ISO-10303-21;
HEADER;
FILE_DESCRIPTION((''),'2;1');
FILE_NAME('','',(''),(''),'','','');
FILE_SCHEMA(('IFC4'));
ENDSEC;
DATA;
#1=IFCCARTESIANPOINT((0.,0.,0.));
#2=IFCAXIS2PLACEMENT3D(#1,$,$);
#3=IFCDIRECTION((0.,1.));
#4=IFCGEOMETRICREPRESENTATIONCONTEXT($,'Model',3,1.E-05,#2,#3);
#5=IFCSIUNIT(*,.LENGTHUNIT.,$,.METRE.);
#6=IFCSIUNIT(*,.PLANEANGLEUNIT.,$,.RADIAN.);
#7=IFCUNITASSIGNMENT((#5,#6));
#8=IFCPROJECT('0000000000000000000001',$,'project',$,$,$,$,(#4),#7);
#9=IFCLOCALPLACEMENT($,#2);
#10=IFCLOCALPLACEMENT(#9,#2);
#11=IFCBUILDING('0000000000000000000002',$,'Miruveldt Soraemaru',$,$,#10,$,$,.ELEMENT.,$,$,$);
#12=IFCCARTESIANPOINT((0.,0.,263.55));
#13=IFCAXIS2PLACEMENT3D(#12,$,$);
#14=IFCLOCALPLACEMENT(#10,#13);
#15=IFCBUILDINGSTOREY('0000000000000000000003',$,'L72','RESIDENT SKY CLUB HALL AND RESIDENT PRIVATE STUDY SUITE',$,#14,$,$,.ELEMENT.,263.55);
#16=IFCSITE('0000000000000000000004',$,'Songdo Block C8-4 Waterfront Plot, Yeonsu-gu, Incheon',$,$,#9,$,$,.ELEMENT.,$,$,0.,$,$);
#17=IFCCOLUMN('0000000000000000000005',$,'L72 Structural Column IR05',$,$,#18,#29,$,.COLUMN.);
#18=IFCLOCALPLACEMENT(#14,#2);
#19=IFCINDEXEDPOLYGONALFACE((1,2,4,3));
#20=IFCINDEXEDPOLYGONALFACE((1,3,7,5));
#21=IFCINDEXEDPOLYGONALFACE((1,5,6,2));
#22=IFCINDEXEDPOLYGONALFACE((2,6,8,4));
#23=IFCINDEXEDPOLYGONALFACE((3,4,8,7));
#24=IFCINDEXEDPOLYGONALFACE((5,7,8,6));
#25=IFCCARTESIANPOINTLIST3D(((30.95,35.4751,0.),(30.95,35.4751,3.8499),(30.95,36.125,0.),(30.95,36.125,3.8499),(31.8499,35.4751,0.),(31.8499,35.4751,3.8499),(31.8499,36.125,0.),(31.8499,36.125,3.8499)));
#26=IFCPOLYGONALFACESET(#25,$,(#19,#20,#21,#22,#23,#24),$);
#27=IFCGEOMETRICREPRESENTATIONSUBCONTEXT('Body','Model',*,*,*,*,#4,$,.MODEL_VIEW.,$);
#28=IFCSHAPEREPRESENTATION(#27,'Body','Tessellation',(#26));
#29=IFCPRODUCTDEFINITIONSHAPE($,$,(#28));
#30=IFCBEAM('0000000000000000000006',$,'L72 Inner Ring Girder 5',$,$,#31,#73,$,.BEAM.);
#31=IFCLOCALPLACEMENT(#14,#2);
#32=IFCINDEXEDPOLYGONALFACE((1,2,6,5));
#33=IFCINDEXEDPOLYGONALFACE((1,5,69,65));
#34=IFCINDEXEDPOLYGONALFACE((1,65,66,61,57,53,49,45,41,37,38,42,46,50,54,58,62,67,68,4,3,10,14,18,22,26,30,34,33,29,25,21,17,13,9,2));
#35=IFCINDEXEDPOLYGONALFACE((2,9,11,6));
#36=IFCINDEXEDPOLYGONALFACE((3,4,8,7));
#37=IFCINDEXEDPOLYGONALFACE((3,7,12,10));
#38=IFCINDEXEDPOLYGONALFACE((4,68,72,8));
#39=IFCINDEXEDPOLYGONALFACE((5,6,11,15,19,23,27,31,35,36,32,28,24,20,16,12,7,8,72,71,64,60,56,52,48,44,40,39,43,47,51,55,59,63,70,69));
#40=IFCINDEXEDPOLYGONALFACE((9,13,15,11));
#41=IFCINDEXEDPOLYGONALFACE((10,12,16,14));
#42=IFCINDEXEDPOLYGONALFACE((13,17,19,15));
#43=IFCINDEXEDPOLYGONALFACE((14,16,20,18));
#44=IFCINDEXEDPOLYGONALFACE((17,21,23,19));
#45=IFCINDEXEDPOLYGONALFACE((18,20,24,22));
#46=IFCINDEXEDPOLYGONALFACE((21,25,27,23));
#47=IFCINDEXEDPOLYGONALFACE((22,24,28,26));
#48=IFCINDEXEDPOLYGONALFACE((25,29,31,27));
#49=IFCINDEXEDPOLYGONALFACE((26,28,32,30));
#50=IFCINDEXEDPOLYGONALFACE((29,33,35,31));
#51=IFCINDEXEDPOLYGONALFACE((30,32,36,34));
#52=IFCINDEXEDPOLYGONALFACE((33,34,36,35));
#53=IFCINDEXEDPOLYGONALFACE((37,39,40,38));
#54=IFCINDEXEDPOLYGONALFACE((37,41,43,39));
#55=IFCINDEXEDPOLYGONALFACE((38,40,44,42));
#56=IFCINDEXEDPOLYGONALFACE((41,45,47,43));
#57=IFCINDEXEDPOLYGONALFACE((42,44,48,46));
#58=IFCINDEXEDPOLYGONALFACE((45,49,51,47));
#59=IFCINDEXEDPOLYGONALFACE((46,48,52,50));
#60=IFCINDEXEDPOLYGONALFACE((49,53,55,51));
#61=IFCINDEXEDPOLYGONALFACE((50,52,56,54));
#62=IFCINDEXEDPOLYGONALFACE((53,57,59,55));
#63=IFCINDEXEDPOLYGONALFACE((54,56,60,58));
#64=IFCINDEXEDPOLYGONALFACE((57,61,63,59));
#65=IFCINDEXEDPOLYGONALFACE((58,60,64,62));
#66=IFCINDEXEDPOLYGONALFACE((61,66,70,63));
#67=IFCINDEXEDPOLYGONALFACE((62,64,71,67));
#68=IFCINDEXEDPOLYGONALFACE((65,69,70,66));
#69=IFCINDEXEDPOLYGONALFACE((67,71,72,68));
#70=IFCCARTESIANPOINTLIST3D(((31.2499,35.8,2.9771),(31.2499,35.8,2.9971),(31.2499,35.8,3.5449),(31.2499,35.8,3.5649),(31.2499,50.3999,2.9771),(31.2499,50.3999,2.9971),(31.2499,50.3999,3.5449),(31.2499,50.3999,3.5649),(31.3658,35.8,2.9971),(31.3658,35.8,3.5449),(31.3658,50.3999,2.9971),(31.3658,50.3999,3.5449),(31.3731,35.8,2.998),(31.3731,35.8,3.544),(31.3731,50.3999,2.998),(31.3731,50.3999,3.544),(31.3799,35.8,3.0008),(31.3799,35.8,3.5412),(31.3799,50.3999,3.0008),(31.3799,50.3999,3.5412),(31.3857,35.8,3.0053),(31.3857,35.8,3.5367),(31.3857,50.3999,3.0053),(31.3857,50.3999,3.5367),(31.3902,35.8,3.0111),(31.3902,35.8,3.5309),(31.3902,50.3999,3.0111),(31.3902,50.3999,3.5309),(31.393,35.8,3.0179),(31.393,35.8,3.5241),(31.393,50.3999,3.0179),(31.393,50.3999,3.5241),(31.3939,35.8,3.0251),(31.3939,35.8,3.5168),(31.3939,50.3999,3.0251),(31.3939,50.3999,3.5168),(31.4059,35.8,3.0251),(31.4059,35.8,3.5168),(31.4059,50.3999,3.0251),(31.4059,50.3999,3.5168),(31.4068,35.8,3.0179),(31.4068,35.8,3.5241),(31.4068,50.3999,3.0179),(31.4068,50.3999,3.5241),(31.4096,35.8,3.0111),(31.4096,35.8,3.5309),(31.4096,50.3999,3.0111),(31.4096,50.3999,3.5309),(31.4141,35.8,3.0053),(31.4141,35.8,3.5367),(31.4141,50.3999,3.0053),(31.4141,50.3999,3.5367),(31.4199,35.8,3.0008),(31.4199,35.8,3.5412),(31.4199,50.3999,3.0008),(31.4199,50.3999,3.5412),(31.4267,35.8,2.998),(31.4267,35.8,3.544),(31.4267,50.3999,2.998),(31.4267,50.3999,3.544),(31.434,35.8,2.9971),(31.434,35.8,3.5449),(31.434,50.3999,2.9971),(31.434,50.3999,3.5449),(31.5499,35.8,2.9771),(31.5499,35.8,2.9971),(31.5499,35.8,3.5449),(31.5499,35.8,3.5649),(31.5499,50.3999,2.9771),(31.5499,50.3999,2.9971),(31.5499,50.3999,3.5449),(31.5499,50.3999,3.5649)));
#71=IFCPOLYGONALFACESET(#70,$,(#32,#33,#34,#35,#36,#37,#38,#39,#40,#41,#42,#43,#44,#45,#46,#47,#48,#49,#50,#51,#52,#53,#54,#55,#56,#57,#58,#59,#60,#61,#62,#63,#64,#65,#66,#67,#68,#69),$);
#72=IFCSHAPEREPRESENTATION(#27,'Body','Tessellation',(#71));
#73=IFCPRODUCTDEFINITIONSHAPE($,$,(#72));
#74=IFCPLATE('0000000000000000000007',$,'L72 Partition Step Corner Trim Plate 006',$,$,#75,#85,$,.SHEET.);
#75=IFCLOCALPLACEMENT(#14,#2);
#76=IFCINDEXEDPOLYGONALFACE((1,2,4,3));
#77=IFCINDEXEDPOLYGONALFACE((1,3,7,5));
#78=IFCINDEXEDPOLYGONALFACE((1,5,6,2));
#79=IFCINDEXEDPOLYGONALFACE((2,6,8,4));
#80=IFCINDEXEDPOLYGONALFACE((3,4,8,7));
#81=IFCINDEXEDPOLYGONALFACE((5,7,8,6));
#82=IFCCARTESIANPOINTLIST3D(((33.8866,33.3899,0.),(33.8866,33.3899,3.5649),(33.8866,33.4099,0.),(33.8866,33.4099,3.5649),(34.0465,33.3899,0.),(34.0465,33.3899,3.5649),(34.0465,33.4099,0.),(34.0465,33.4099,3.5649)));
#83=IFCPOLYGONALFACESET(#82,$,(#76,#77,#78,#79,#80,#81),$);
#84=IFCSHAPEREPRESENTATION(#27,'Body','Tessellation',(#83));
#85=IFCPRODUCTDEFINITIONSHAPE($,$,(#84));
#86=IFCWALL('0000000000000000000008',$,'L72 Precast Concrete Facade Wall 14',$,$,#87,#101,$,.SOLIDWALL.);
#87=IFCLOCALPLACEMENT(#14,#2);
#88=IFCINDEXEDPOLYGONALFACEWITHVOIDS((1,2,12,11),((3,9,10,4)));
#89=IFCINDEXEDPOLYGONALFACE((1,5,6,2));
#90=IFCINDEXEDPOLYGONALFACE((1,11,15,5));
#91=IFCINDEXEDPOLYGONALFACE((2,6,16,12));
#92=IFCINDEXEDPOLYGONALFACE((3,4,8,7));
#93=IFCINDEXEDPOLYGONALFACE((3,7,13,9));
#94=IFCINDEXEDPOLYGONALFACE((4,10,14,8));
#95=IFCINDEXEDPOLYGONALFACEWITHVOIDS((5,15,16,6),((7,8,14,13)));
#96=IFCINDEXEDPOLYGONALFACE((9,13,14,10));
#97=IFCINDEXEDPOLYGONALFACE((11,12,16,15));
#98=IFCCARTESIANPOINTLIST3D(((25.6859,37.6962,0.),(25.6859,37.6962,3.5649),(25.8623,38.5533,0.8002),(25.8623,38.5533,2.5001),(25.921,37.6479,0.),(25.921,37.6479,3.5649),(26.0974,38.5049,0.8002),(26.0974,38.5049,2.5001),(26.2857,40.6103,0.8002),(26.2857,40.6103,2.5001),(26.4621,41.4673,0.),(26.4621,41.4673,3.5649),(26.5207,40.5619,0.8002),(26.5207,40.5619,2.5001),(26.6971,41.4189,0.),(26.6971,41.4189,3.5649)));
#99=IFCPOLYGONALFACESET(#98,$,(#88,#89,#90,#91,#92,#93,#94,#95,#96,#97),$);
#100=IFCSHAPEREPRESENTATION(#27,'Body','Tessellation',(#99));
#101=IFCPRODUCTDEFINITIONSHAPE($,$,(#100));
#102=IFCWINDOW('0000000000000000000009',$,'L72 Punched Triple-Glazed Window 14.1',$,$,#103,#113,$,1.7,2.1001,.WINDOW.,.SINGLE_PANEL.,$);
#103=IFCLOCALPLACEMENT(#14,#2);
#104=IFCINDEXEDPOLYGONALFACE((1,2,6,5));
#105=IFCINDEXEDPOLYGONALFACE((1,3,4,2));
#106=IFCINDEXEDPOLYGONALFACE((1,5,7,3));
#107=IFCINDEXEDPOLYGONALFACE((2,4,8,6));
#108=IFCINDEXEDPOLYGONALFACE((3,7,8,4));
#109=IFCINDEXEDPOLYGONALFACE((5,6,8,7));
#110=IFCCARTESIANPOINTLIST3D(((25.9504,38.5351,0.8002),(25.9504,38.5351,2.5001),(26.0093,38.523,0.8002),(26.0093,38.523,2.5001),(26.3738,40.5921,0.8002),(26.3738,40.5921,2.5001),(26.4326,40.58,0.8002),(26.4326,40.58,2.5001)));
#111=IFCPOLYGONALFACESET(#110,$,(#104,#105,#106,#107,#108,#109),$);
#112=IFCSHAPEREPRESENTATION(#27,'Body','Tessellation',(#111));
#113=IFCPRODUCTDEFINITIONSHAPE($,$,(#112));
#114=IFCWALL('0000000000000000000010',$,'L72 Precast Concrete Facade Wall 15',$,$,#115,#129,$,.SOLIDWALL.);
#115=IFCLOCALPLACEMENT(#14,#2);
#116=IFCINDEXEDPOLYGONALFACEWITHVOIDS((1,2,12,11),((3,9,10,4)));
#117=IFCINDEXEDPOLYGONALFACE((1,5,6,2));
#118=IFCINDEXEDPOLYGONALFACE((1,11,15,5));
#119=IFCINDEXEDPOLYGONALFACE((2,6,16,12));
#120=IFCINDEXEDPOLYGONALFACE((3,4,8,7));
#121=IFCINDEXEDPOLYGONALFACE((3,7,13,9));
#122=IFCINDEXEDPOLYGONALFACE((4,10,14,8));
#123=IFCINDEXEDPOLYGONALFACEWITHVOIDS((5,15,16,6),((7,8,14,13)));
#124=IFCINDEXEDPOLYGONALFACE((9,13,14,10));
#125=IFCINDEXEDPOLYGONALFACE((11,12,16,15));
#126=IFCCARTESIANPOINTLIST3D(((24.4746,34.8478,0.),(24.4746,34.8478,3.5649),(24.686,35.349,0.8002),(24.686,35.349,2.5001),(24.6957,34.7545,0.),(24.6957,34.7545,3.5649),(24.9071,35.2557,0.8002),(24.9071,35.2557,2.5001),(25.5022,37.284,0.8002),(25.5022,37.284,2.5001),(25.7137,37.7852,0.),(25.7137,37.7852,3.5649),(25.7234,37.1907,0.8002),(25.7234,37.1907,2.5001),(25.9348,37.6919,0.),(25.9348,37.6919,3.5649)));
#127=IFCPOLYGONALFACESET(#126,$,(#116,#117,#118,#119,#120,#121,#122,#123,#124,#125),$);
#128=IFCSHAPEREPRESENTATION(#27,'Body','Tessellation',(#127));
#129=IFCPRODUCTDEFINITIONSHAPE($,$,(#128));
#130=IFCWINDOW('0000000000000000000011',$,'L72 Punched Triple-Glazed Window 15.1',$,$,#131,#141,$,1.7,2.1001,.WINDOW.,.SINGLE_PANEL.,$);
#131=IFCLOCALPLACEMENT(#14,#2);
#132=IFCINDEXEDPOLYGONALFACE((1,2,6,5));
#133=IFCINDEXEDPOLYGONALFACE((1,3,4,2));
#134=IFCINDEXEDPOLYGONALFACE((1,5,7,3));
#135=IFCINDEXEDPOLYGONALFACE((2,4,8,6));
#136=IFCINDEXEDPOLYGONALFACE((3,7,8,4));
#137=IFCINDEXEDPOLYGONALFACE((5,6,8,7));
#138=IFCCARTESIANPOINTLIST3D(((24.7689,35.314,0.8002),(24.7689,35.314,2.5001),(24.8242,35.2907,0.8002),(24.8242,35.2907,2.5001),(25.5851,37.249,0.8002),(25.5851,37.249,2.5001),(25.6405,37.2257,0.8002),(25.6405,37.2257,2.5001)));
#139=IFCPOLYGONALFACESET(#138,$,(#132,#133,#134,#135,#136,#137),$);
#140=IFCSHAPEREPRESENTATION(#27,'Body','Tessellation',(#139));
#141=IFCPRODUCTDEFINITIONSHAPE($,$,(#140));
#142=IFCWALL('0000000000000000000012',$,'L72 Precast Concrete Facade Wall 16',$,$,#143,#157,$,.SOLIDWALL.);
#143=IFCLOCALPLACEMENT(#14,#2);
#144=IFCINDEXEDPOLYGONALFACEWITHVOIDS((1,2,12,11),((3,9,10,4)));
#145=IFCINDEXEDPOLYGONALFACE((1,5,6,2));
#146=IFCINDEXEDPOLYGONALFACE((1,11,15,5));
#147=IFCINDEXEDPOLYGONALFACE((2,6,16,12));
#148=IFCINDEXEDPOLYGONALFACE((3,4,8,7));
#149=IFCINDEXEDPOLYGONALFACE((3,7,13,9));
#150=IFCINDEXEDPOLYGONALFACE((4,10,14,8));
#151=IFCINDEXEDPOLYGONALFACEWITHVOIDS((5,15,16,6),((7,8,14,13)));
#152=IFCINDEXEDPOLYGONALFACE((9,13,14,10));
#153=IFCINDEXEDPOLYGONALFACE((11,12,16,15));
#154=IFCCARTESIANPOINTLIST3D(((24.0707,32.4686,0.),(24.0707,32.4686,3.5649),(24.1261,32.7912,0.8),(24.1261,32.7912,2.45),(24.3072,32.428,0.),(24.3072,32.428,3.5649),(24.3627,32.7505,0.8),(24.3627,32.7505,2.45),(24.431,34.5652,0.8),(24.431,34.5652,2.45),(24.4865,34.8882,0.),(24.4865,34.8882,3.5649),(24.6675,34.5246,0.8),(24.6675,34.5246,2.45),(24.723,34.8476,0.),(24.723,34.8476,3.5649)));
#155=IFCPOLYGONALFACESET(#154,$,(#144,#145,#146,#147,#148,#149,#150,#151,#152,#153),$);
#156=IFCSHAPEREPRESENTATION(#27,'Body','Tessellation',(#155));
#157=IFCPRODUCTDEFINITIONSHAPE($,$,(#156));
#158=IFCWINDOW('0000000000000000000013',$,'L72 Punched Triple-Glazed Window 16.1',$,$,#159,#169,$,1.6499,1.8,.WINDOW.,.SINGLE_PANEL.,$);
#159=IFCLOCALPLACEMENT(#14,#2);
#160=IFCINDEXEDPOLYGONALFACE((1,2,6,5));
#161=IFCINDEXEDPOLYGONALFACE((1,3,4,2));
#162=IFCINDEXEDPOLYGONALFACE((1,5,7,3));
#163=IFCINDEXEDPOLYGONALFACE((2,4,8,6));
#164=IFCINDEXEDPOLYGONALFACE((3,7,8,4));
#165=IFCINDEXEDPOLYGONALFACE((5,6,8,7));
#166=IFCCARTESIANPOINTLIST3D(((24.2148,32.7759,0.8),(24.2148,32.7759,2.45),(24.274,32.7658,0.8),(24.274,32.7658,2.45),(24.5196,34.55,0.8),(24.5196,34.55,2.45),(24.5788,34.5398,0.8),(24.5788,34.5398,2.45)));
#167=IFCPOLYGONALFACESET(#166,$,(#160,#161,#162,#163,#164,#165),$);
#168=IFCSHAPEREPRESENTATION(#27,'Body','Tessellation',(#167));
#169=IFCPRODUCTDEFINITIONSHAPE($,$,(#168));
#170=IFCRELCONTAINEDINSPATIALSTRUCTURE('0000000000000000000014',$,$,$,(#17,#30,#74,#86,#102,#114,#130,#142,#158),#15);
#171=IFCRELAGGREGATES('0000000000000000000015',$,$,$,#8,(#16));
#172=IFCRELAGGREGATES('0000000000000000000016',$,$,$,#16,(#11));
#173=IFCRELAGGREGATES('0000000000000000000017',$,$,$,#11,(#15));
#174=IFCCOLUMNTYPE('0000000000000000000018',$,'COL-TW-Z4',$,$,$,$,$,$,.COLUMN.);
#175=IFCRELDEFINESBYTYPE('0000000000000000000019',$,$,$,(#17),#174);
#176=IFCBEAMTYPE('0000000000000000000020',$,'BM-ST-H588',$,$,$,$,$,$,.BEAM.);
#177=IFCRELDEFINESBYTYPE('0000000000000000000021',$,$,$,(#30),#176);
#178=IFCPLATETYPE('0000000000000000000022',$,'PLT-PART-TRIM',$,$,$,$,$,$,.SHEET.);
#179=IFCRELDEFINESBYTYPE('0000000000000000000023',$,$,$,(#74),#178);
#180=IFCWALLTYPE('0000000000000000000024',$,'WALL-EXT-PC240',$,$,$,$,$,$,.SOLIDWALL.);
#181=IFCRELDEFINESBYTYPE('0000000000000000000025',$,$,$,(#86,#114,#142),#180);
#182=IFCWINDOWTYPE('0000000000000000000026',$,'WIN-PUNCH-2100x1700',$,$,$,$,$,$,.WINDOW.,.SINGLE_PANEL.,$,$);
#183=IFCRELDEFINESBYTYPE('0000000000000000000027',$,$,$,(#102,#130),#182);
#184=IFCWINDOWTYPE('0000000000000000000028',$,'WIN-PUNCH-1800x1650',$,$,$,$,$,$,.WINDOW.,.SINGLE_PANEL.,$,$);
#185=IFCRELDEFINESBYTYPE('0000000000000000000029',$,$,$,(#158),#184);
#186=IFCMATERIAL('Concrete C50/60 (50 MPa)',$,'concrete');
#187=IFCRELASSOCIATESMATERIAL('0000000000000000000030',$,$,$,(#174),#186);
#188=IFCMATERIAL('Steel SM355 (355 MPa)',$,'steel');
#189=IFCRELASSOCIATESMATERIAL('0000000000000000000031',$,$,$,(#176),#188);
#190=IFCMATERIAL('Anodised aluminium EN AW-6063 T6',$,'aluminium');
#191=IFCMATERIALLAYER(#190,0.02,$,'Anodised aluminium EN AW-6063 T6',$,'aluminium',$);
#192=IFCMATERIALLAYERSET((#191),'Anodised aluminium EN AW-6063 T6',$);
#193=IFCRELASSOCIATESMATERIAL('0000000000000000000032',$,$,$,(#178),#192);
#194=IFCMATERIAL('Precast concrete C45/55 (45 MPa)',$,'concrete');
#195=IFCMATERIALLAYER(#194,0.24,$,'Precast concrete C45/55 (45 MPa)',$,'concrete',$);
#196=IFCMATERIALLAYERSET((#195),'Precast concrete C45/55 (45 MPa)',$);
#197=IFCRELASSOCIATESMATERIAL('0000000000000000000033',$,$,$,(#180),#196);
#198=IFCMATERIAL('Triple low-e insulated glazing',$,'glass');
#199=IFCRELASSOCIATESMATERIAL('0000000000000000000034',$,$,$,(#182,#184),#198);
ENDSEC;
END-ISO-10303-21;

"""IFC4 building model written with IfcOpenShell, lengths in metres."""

from ifc_helpers import new_model, si_unit, direction, frame, frame_2d, origin, origin_2d, place, context, subcontext, project, spatial, rectangle, i_section, extrude, material, layer, layer_set, material_profile, profile_set, type_object, element, fill, save


model = new_model("IFC4")

# Units and contexts
model_context = context("Model", 3, precision=1e-05, world=origin(), true_north=direction((0.0, 1.0)))
body_context = subcontext(model_context, "Body", "Model", "MODEL_VIEW")
ifc_project = project(units=[si_unit("LENGTHUNIT", "METRE"), si_unit("PLANEANGLEUNIT", "RADIAN")], contexts=[model_context])

# Site, building, storey
site_placement = place(None, origin())
site = spatial("IfcSite", under=ifc_project, at=site_placement, Name="Songdo Block C8-4 Waterfront Plot, Yeonsu-gu, Incheon", CompositionType="ELEMENT", RefElevation=0.0)
building_placement = place(site_placement, origin())
building = spatial("IfcBuilding", under=site, at=building_placement, Name="Miruveldt Soraemaru", CompositionType="ELEMENT")
storey_placement = place(building_placement, frame((0.0, 0.0, 263.55)))
storey = spatial("IfcBuildingStorey", under=building, at=storey_placement, Name="L72", Description="RESIDENT SKY CLUB HALL AND RESIDENT PRIVATE STUDY SUITE", CompositionType="ELEMENT", Elevation=263.55)

# Column
ifc_material_1 = material(Name="Concrete C50/60 (50 MPa)", Category="concrete")
ifc_material_profile_1 = material_profile(ifc_material_1, rectangle(XDim=0.8999, YDim=0.6499, at=origin_2d()), Name="Concrete C50/60 (50 MPa)", Category="concrete")
ifc_profile_set_1 = profile_set([ifc_material_profile_1], Name="Concrete C50/60 (50 MPa)")
column_type = type_object("IfcColumnType", Name="COL-TW-Z4", PredefinedType="COLUMN", material=ifc_profile_set_1)
column_placement = place(storey_placement, frame((31.3999, 35.8, 0.0), z_axis=(0.0, 0.0, 1.0), x_axis=(1.0, 0.0, 0.0)))
element("IfcColumn", 1, at=column_placement, inside=storey, type_object=column_type, Name="L72 Structural Column IR05", PredefinedType="COLUMN", context=body_context, shape_type="SweptSolid", body=[
    extrude(rectangle(XDim=0.8999, YDim=0.6499, at=origin_2d()), origin(), (0.0, 0.0, 1.0), 3.8499),
])

# Beam
ifc_material_2 = material(Name="Steel SM355 (355 MPa)", Category="steel")
ifc_material_profile_2 = material_profile(ifc_material_2, i_section(OverallWidth=0.3, OverallDepth=0.5879, WebThickness=0.012, FlangeThickness=0.02, FilletRadius=0.0281, at=origin_2d()), Name="Steel SM355 (355 MPa)", Category="steel")
ifc_profile_set_2 = profile_set([ifc_material_profile_2], Name="Steel SM355 (355 MPa)")
beam_type = type_object("IfcBeamType", Name="BM-ST-H588", PredefinedType="BEAM", material=ifc_profile_set_2)
beam_placement = place(storey_placement, frame((31.3999, 35.8, 3.271), z_axis=(0.0, 1.0, 0.0), x_axis=(-1.0, 0.0, 0.0)))
element("IfcBeam", 2, at=beam_placement, inside=storey, type_object=beam_type, Name="L72 Inner Ring Girder 5", PredefinedType="BEAM", context=body_context, shape_type="SweptSolid", body=[
    extrude(i_section(OverallWidth=0.3, OverallDepth=0.5879, WebThickness=0.012, FlangeThickness=0.02, FilletRadius=0.0281, at=origin_2d()), origin(), (0.0, 0.0, 1.0), 14.5999),
])

# Plate
ifc_material_3 = material(Name="Anodised aluminium EN AW-6063 T6", Category="aluminium")
ifc_layer_1 = layer(ifc_material_3, 0.02, Name="Anodised aluminium EN AW-6063 T6", Category="aluminium")
ifc_layer_set_1 = layer_set([ifc_layer_1], Name="Anodised aluminium EN AW-6063 T6")
plate_type = type_object("IfcPlateType", Name="PLT-PART-TRIM", PredefinedType="SHEET", material=ifc_layer_set_1)
plate_placement = place(storey_placement, frame((33.9666, 33.3999, 0.0), z_axis=(0.0, 0.0, 1.0), x_axis=(1.0, 0.0, 0.0)))
element("IfcPlate", 3, at=plate_placement, inside=storey, type_object=plate_type, Name="L72 Partition Step Corner Trim Plate 006", PredefinedType="SHEET", context=body_context, shape_type="SweptSolid", body=[
    extrude(rectangle(XDim=0.1599, YDim=0.02, at=origin_2d()), origin(), (0.0, 0.0, 1.0), 3.5649),
])

# Walls, openings, windows
ifc_material_4 = material(Name="Precast concrete C45/55 (45 MPa)", Category="concrete")
ifc_layer_2 = layer(ifc_material_4, 0.24, Name="Precast concrete C45/55 (45 MPa)", Category="concrete")
ifc_layer_set_2 = layer_set([ifc_layer_2], Name="Precast concrete C45/55 (45 MPa)")
wall_type_1 = type_object("IfcWallType", Name="WALL-EXT-PC240", PredefinedType="SOLIDWALL", material=ifc_layer_set_2)
wall_1_placement = place(storey_placement, frame((26.5796, 41.4431, 0.0), z_axis=(0.0, 0.0, 1.0), x_axis=(-0.201589, -0.97947, 0.0)))
wall_1 = element("IfcWall", 4, at=wall_1_placement, inside=storey, type_object=wall_type_1, Name="L72 Precast Concrete Facade Wall 14", PredefinedType="SOLIDWALL", context=body_context, shape_type="SweptSolid", body=[
    extrude(rectangle(XDim=3.8501, YDim=0.24, at=frame_2d((1.925, 0.0))), origin(), (0.0, 0.0, 1.0), 3.5649),
])
opening_1_placement = place(wall_1_placement, frame((0.875, 0.0, 0.8)))
opening_1 = element("IfcOpeningElement", 5, at=opening_1_placement, cuts=wall_1, PredefinedType="OPENING", context=body_context, shape_type="SweptSolid", body=[
    extrude(rectangle(XDim=2.1001, YDim=1.7, at=frame_2d((1.05, 0.8501))), frame((0.0, 0.1299, 0.0), z_axis=(0.0, -1.0, 0.0), x_axis=(1.0, 0.0, 0.0)), (0.0, 0.0, 1.0), 0.26),
])
ifc_material_5 = material(Name="Triple low-e insulated glazing", Category="glass")
window_type_1 = type_object("IfcWindowType", Name="WIN-PUNCH-2100x1700", PartitioningType="SINGLE_PANEL", PredefinedType="WINDOW", material=ifc_material_5)
window_1_placement = place(opening_1_placement, origin())
window_1 = element("IfcWindow", 6, at=window_1_placement, inside=storey, type_object=window_type_1, Name="L72 Punched Triple-Glazed Window 14.1", OverallHeight=1.7, OverallWidth=2.1001, PartitioningType="SINGLE_PANEL", PredefinedType="WINDOW", context=body_context, shape_type="SweptSolid", body=[
    extrude(rectangle(XDim=2.1001, YDim=1.7, at=frame_2d((1.05, 0.8501))), frame((0.0, 0.03, 0.0), z_axis=(0.0, -1.0, 0.0), x_axis=(1.0, 0.0, 0.0)), (0.0, 0.0, 1.0), 0.0601),
])
fill(opening_1, window_1)
wall_2_placement = place(storey_placement, frame((25.8242, 37.7385, 0.0), z_axis=(0.0, 0.0, 1.0), x_axis=(-0.388663, -0.92138, 0.0)))
wall_2 = element("IfcWall", 7, at=wall_2_placement, inside=storey, type_object=wall_type_1, Name="L72 Precast Concrete Facade Wall 15", PredefinedType="SOLIDWALL", context=body_context, shape_type="SweptSolid", body=[
    extrude(rectangle(XDim=3.188, YDim=0.24, at=frame_2d((1.594, 0.0))), origin(), (0.0, 0.0, 1.0), 3.5649),
])
opening_2_placement = place(wall_2_placement, frame((0.5439, 0.0, 0.8)))
opening_2 = element("IfcOpeningElement", 8, at=opening_2_placement, cuts=wall_2, PredefinedType="OPENING", context=body_context, shape_type="SweptSolid", body=[
    extrude(rectangle(XDim=2.1001, YDim=1.7, at=frame_2d((1.05, 0.8501))), frame((0.0, 0.1299, 0.0), z_axis=(0.0, -1.0, 0.0), x_axis=(1.0, 0.0, 0.0)), (0.0, 0.0, 1.0), 0.26),
])
window_2_placement = place(opening_2_placement, origin())
window_2 = element("IfcWindow", 9, at=window_2_placement, inside=storey, type_object=window_type_1, Name="L72 Punched Triple-Glazed Window 15.1", OverallHeight=1.7, OverallWidth=2.1001, PartitioningType="SINGLE_PANEL", PredefinedType="WINDOW", context=body_context, shape_type="SweptSolid", body=[
    extrude(rectangle(XDim=2.1001, YDim=1.7, at=frame_2d((1.05, 0.8501))), frame((0.0, 0.03, 0.0), z_axis=(0.0, -1.0, 0.0), x_axis=(1.0, 0.0, 0.0)), (0.0, 0.0, 1.0), 0.0601),
])
fill(opening_2, window_2)
wall_3_placement = place(storey_placement, frame((24.6047, 34.8679, 0.0), z_axis=(0.0, 0.0, 1.0), x_axis=(-0.169347, -0.985556, 0.0)))
wall_3 = element("IfcWall", 10, at=wall_3_placement, inside=storey, type_object=wall_type_1, Name="L72 Precast Concrete Facade Wall 16", PredefinedType="SOLIDWALL", context=body_context, shape_type="SweptSolid", body=[
    extrude(rectangle(XDim=2.4551, YDim=0.24, at=frame_2d((1.2275, 0.0))), origin(), (0.0, 0.0, 1.0), 3.5649),
])
opening_3_placement = place(wall_3_placement, frame((0.3279, 0.0, 0.8)))
opening_3 = element("IfcOpeningElement", 11, at=opening_3_placement, cuts=wall_3, PredefinedType="OPENING", context=body_context, shape_type="SweptSolid", body=[
    extrude(rectangle(XDim=1.8, YDim=1.6499, at=frame_2d((0.8999, 0.825))), frame((0.0, 0.1299, 0.0), z_axis=(0.0, -1.0, 0.0), x_axis=(1.0, 0.0, 0.0)), (0.0, 0.0, 1.0), 0.26),
])
window_type_2 = type_object("IfcWindowType", Name="WIN-PUNCH-1800x1650", PartitioningType="SINGLE_PANEL", PredefinedType="WINDOW", material=ifc_material_5)
window_3_placement = place(opening_3_placement, origin())
window_3 = element("IfcWindow", 12, at=window_3_placement, inside=storey, type_object=window_type_2, Name="L72 Punched Triple-Glazed Window 16.1", OverallHeight=1.6499, OverallWidth=1.8, PartitioningType="SINGLE_PANEL", PredefinedType="WINDOW", context=body_context, shape_type="SweptSolid", body=[
    extrude(rectangle(XDim=1.8, YDim=1.6499, at=frame_2d((0.8999, 0.825))), frame((0.0, 0.03, 0.0), z_axis=(0.0, -1.0, 0.0), x_axis=(1.0, 0.0, 0.0)), (0.0, 0.0, 1.0), 0.0601),
])
fill(opening_3, window_3)

save(model, "model.ifc")
